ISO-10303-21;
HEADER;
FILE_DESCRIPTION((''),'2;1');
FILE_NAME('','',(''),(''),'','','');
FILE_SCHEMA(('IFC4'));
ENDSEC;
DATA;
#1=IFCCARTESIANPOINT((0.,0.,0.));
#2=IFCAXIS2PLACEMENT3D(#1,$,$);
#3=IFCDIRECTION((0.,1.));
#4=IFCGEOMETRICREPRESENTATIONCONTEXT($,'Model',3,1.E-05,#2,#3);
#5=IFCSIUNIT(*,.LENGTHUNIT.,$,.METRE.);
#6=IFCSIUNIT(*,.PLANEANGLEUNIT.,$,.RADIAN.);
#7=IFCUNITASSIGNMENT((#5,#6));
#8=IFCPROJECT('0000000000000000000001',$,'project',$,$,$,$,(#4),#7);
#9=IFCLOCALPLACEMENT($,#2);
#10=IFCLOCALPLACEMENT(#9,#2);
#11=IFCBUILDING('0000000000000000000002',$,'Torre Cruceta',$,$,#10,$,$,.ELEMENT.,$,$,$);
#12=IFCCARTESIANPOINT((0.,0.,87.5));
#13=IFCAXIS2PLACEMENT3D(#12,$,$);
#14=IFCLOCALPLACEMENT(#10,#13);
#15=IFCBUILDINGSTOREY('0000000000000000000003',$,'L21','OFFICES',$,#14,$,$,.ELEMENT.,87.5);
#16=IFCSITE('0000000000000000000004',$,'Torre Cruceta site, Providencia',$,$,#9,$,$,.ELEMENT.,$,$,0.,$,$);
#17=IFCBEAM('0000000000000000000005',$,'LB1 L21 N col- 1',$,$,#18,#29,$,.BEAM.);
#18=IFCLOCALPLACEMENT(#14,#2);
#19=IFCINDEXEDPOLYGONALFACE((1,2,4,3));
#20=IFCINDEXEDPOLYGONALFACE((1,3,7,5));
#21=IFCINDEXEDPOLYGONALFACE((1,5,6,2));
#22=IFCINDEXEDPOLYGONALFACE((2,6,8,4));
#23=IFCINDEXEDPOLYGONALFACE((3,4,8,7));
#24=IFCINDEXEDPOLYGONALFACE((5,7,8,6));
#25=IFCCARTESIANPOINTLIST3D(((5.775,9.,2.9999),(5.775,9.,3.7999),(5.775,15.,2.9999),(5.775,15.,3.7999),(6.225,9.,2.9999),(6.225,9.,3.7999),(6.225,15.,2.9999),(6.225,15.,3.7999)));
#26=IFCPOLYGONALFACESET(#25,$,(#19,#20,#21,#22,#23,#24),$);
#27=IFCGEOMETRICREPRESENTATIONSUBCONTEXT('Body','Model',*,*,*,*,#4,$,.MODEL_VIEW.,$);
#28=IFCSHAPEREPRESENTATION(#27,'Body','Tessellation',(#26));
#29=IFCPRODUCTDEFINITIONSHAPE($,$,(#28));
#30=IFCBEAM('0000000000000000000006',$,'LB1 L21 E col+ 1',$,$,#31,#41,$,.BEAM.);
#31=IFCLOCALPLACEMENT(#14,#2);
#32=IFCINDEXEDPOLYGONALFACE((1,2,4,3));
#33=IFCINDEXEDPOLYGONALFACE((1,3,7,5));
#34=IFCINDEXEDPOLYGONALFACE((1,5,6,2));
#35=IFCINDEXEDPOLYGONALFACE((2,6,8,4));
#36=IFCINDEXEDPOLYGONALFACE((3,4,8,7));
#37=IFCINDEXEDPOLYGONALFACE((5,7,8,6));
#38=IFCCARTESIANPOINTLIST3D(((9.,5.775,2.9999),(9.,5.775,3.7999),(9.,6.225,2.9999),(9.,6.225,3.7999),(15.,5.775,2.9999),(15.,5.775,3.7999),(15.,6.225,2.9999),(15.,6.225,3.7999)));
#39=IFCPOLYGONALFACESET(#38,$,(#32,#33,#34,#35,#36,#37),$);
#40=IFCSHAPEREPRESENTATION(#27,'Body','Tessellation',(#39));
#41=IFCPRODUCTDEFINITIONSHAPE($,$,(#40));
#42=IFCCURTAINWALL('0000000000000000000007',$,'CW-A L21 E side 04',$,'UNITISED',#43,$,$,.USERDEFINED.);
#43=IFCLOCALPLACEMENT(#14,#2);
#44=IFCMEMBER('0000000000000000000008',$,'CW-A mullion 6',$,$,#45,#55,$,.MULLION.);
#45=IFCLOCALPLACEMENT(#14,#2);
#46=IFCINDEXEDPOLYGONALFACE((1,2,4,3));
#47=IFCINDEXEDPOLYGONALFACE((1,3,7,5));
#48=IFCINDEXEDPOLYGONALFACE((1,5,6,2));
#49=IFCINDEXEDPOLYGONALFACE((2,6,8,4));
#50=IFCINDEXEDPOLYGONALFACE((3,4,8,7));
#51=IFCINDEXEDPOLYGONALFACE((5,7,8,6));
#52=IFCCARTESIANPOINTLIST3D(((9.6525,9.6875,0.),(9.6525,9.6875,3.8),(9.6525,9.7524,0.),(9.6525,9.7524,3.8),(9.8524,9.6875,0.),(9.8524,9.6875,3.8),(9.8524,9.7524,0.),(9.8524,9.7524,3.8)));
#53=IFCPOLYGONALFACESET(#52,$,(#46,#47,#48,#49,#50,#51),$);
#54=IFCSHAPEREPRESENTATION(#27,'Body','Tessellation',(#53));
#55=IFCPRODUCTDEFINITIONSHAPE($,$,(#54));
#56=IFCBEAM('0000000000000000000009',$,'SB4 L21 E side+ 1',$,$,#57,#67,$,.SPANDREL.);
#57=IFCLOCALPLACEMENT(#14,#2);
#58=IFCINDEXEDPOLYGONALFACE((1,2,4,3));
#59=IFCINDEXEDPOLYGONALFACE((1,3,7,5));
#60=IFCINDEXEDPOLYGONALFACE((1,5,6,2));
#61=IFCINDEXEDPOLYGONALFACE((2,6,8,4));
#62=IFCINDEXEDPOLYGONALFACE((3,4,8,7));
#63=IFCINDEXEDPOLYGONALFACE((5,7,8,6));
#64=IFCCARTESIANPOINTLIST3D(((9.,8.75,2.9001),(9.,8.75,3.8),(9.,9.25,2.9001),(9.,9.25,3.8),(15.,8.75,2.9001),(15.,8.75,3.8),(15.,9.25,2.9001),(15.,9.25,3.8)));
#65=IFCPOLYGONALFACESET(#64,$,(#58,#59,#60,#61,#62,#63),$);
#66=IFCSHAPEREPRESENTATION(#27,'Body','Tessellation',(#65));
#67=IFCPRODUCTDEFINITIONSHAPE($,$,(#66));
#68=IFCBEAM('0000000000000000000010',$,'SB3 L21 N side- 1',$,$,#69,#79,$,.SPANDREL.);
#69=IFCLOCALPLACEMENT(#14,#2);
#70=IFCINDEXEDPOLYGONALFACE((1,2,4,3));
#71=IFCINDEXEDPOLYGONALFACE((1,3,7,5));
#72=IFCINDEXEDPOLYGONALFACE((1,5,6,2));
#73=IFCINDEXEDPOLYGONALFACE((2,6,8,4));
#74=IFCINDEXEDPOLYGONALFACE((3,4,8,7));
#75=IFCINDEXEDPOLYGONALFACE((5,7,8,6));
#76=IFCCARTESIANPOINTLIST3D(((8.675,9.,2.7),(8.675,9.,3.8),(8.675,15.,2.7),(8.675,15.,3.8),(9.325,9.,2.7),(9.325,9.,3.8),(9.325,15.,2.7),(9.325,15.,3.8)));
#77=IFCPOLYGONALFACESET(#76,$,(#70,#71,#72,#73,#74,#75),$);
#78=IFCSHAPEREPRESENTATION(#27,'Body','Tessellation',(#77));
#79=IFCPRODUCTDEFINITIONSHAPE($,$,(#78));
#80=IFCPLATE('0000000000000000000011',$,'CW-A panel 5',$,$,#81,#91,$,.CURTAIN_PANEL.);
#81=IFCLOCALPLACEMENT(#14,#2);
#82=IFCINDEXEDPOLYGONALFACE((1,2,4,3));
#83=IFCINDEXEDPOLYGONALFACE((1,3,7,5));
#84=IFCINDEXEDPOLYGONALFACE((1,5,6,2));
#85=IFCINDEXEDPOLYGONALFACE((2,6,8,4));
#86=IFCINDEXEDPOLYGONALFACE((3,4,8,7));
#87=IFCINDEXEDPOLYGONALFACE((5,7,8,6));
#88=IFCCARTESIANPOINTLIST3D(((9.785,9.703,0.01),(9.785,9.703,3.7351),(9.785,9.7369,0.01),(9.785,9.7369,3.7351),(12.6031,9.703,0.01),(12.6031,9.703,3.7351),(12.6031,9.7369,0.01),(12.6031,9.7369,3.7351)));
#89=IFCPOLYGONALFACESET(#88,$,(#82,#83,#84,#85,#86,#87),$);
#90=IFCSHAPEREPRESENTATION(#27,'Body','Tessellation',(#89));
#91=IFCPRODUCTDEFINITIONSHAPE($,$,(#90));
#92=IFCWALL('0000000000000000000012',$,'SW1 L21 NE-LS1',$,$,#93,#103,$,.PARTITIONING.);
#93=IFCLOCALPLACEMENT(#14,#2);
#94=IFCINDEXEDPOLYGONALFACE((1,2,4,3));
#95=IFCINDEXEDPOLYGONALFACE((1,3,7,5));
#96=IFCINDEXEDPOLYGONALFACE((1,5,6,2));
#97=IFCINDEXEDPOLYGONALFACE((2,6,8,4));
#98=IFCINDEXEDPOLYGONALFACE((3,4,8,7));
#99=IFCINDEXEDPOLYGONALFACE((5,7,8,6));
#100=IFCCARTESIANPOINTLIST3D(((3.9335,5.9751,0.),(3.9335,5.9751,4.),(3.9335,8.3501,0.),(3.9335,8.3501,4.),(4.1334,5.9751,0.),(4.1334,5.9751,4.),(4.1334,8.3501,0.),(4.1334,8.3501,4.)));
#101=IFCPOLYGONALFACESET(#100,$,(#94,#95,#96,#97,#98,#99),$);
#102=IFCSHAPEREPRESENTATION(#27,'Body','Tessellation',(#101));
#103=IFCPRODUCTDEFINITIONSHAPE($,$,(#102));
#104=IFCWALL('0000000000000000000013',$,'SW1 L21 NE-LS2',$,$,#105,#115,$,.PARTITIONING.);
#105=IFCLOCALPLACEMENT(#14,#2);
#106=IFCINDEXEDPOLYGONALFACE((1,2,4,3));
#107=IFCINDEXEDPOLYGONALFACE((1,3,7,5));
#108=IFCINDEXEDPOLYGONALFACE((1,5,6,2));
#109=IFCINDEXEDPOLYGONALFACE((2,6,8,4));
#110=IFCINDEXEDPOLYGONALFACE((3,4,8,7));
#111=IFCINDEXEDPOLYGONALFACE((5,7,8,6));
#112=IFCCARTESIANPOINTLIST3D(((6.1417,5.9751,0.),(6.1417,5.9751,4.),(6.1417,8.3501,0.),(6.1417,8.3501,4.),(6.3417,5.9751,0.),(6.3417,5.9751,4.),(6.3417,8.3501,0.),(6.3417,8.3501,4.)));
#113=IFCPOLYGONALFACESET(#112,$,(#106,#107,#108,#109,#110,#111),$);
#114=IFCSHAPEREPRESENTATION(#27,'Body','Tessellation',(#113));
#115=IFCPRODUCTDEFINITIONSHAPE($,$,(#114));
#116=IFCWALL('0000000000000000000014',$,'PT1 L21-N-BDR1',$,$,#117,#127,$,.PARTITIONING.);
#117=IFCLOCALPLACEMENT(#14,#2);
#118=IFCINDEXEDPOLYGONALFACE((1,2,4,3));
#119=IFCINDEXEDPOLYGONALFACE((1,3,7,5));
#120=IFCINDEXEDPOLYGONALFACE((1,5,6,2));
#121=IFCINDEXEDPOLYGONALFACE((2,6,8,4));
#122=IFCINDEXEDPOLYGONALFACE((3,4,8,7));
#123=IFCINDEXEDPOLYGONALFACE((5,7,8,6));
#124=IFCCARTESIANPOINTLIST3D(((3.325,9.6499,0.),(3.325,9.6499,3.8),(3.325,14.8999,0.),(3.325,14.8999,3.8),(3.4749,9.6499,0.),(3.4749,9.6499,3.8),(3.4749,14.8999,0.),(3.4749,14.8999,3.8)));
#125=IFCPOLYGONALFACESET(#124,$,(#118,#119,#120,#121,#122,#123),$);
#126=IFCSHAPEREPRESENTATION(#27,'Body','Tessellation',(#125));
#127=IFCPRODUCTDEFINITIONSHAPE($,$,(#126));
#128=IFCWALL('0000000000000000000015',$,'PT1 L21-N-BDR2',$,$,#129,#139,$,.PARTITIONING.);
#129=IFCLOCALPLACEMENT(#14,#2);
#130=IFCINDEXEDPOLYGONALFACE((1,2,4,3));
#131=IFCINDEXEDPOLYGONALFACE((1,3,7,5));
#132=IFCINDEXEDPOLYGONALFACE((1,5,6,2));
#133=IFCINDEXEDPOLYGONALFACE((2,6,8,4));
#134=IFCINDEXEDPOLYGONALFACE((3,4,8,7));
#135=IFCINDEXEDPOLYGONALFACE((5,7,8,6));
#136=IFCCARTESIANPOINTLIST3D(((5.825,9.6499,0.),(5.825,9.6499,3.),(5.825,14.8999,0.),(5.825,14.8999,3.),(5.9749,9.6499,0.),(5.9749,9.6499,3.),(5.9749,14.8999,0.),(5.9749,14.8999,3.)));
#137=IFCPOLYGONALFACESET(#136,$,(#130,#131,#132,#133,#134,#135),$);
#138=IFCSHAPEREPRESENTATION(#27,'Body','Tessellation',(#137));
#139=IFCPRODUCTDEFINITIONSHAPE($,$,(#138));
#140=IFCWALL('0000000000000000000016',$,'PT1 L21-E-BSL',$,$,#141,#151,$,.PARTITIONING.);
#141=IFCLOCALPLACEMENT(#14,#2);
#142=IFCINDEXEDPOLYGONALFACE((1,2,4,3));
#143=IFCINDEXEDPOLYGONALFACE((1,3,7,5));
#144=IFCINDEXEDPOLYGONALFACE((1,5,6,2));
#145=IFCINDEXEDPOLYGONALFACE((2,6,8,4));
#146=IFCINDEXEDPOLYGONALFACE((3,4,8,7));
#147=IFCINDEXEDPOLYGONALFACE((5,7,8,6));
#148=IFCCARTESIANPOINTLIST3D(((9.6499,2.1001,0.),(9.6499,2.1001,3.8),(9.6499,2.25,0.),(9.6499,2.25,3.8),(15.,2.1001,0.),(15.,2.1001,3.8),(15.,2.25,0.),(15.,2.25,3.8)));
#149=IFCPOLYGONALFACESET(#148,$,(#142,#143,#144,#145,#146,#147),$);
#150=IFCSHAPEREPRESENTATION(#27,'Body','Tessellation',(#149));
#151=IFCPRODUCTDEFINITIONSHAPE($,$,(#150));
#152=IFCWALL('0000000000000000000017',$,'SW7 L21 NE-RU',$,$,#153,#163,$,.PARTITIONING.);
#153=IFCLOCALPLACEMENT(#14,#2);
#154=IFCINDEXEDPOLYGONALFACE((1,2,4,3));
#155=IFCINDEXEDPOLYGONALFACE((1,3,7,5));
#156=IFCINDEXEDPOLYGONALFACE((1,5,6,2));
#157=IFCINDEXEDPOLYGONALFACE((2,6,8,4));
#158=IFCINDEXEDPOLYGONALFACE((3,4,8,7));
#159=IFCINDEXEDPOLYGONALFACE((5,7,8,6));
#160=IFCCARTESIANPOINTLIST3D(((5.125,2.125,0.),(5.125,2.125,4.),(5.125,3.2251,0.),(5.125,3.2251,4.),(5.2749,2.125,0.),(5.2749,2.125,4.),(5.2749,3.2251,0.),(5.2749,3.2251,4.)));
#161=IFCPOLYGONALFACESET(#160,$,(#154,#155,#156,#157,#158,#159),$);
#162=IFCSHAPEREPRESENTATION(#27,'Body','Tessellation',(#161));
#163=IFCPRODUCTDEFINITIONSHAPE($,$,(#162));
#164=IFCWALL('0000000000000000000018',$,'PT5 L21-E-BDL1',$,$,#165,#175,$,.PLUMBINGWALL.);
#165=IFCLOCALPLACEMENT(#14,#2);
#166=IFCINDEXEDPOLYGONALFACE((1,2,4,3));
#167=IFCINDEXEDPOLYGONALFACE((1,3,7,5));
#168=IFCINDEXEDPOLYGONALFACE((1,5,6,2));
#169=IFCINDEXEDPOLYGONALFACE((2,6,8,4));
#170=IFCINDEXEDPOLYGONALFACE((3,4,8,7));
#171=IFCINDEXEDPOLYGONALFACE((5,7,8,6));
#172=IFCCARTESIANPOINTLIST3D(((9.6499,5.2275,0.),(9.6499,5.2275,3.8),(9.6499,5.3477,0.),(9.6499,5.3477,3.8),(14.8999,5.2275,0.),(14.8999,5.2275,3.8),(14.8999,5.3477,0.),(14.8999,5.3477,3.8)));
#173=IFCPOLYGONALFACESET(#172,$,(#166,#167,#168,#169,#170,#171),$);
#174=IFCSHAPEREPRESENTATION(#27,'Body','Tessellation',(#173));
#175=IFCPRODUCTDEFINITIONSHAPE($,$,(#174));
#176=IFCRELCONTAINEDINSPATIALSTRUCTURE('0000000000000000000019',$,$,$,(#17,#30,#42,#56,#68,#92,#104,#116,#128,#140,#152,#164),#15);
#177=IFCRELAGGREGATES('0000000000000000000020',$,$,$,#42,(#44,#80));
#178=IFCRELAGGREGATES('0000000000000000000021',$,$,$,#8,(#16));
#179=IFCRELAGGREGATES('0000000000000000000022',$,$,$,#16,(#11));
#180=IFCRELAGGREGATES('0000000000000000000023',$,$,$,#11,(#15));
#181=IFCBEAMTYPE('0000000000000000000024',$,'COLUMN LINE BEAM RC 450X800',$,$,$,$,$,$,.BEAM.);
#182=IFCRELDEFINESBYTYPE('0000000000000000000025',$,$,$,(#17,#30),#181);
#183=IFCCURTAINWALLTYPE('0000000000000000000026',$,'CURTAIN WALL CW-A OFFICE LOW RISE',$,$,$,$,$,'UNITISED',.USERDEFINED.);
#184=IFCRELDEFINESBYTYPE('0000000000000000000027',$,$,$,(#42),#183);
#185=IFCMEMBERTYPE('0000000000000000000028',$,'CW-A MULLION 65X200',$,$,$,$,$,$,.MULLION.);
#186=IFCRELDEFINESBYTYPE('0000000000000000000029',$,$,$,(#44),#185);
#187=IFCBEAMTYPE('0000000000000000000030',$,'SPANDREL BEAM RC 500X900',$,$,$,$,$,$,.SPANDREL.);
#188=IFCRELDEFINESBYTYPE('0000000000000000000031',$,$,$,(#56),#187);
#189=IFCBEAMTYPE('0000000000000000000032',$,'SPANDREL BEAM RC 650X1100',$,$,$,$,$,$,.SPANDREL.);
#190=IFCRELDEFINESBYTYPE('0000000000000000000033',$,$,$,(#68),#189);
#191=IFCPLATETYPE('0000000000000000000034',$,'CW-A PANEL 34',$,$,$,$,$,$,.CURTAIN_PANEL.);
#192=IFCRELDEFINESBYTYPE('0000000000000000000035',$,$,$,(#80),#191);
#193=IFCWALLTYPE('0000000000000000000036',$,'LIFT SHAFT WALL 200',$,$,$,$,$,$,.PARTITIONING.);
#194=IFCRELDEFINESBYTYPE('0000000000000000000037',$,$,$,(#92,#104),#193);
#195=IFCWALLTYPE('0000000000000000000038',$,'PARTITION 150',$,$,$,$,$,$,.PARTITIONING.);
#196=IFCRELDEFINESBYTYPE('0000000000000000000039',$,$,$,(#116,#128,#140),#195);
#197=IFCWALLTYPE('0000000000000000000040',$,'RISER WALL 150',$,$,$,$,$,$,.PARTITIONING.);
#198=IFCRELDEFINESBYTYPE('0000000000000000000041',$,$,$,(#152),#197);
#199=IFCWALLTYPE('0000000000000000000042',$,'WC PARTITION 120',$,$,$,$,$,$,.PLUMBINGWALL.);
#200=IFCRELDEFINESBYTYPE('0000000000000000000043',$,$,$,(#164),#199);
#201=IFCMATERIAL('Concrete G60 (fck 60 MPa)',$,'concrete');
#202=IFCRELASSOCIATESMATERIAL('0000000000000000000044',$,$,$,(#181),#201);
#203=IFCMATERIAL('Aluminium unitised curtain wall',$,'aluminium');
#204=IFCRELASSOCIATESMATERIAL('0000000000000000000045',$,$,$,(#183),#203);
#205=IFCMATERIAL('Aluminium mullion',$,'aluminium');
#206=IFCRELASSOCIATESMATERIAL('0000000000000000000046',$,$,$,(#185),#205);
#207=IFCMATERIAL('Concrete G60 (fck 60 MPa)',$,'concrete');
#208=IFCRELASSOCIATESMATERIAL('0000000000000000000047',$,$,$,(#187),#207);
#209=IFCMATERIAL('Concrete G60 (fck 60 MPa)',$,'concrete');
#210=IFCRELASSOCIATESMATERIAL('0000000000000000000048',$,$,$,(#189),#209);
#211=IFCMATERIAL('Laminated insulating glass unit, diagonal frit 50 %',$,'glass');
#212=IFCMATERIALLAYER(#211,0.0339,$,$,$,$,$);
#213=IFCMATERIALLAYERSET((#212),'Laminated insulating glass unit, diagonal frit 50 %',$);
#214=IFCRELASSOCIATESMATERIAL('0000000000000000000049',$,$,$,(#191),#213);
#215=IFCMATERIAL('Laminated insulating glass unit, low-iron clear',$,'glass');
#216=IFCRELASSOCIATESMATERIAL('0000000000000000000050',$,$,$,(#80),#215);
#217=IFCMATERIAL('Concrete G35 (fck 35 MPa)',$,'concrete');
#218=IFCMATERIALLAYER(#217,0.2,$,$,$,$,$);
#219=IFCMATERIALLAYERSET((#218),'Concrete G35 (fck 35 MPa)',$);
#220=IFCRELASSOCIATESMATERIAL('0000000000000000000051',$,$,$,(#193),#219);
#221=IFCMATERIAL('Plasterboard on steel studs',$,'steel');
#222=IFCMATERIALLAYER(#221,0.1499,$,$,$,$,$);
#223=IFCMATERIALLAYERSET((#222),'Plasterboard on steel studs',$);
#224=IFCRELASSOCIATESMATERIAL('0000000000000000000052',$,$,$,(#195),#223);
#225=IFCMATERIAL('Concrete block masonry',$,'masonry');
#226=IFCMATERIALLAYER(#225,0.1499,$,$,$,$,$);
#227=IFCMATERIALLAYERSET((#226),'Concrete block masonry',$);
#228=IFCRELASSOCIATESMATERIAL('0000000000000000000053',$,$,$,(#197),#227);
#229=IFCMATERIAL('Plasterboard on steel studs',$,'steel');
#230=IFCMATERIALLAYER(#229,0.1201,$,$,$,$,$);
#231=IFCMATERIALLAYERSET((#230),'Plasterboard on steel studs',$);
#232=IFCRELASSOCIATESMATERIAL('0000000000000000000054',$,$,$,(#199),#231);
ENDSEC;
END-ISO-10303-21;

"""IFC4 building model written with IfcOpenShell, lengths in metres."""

from ifc_helpers import new_model, si_unit, direction, frame, frame_2d, origin, origin_2d, place, context, subcontext, project, spatial, rectangle, extrude, material, layer, layer_set, material_profile, profile_set, type_object, element, aggregate, save


model = new_model("IFC4")

# Units and contexts
model_context = context("Model", 3, precision=1e-05, world=origin(), true_north=direction((0.0, 1.0)))
body_context = subcontext(model_context, "Body", "Model", "MODEL_VIEW")
ifc_project = project(units=[si_unit("LENGTHUNIT", "METRE"), si_unit("PLANEANGLEUNIT", "RADIAN")], contexts=[model_context])

# Site, building, storey
site_placement = place(None, origin())
site = spatial("IfcSite", under=ifc_project, at=site_placement, Name="Torre Cruceta site, Providencia", CompositionType="ELEMENT", RefElevation=0.0)
building_placement = place(site_placement, origin())
building = spatial("IfcBuilding", under=site, at=building_placement, Name="Torre Cruceta", CompositionType="ELEMENT")
storey_placement = place(building_placement, frame((0.0, 0.0, 87.5)))
storey = spatial("IfcBuildingStorey", under=building, at=storey_placement, Name="L21", Description="OFFICES", CompositionType="ELEMENT", Elevation=87.5)

# Beams
ifc_material_1 = material(Name="Concrete G60 (fck 60 MPa)", Category="concrete")
ifc_material_profile_1 = material_profile(ifc_material_1, rectangle(XDim=0.45, YDim=0.8, at=origin_2d()), Name="RC 450X800")
ifc_profile_set_1 = profile_set([ifc_material_profile_1], Name="Concrete G60 (fck 60 MPa)")
beam_type_1 = type_object("IfcBeamType", Name="COLUMN LINE BEAM RC 450X800", PredefinedType="BEAM", material=ifc_profile_set_1)
for number, where, z_axis, x_axis, name in (
    (1, (6.0, 9.0, 3.3999), (0.0, 1.0, 0.0), (-1.0, 0.0, 0.0), "LB1 L21 N col- 1"),
    (2, (9.0, 6.0, 3.3999), (1.0, 0.0, 0.0), (0.0, 1.0, 0.0), "LB1 L21 E col+ 1"),
):
    element("IfcBeam", number, at=place(storey_placement, frame(where, z_axis=z_axis, x_axis=x_axis)), inside=storey, type_object=beam_type_1, Name=name, PredefinedType="BEAM", context=body_context, shape_type="SweptSolid", body=[
        extrude(rectangle(XDim=0.45, YDim=0.8, at=origin_2d()), origin(), (0.0, 0.0, 1.0), 6.0),
    ])

# Curtain wall, member
ifc_material_2 = material(Name="Aluminium unitised curtain wall", Category="aluminium")
curtain_wall_type = type_object("IfcCurtainWallType", Name="CURTAIN WALL CW-A OFFICE LOW RISE", ElementType="UNITISED", PredefinedType="USERDEFINED", material=ifc_material_2)
curtain_wall_placement = place(storey_placement, origin())
curtain_wall = element("IfcCurtainWall", 3, at=curtain_wall_placement, inside=storey, type_object=curtain_wall_type, Name="CW-A L21 E side 04", ObjectType="UNITISED", PredefinedType="USERDEFINED")
ifc_material_3 = material(Name="Aluminium mullion", Category="aluminium")
ifc_material_profile_2 = material_profile(ifc_material_3, rectangle(XDim=0.0649, YDim=0.2, at=origin_2d()), Name="AL 65X200")
ifc_profile_set_2 = profile_set([ifc_material_profile_2], Name="Aluminium mullion")
member_type = type_object("IfcMemberType", Name="CW-A MULLION 65X200", PredefinedType="MULLION", material=ifc_profile_set_2)
member_placement = place(storey_placement, frame((9.7524, 9.72, 0.0), z_axis=(0.0, 0.0, 1.0), x_axis=(0.0, -1.0, 0.0)))
member = element("IfcMember", 4, at=member_placement, type_object=member_type, Name="CW-A mullion 6", PredefinedType="MULLION", context=body_context, shape_type="SweptSolid", body=[
    extrude(rectangle(XDim=0.0649, YDim=0.2, at=origin_2d()), origin(), (0.0, 0.0, 1.0), 3.8),
])

# Beams
ifc_material_4 = material(Name="Concrete G60 (fck 60 MPa)", Category="concrete")
ifc_material_profile_3 = material_profile(ifc_material_4, rectangle(XDim=0.5, YDim=0.8999, at=origin_2d()), Name="RC 500X900")
ifc_profile_set_3 = profile_set([ifc_material_profile_3], Name="Concrete G60 (fck 60 MPa)")
beam_type_2 = type_object("IfcBeamType", Name="SPANDREL BEAM RC 500X900", PredefinedType="SPANDREL", material=ifc_profile_set_3)
beam_1_placement = place(storey_placement, frame((9.0, 9.0, 3.3501), z_axis=(1.0, 0.0, 0.0), x_axis=(0.0, 1.0, 0.0)))
element("IfcBeam", 5, at=beam_1_placement, inside=storey, type_object=beam_type_2, Name="SB4 L21 E side+ 1", PredefinedType="SPANDREL", context=body_context, shape_type="SweptSolid", body=[
    extrude(rectangle(XDim=0.5, YDim=0.8999, at=origin_2d()), origin(), (0.0, 0.0, 1.0), 6.0),
])
ifc_material_5 = material(Name="Concrete G60 (fck 60 MPa)", Category="concrete")
ifc_material_profile_4 = material_profile(ifc_material_5, rectangle(XDim=0.6499, YDim=1.1001, at=origin_2d()), Name="RC 650X1100")
ifc_profile_set_4 = profile_set([ifc_material_profile_4], Name="Concrete G60 (fck 60 MPa)")
beam_type_3 = type_object("IfcBeamType", Name="SPANDREL BEAM RC 650X1100", PredefinedType="SPANDREL", material=ifc_profile_set_4)
beam_2_placement = place(storey_placement, frame((9.0, 9.0, 3.25), z_axis=(0.0, 1.0, 0.0), x_axis=(-1.0, 0.0, 0.0)))
element("IfcBeam", 6, at=beam_2_placement, inside=storey, type_object=beam_type_3, Name="SB3 L21 N side- 1", PredefinedType="SPANDREL", context=body_context, shape_type="SweptSolid", body=[
    extrude(rectangle(XDim=0.6499, YDim=1.1001, at=origin_2d()), origin(), (0.0, 0.0, 1.0), 6.0),
])

# Plate
ifc_material_6 = material(Name="Laminated insulating glass unit, low-iron clear", Category="glass")
ifc_material_7 = material(Name="Laminated insulating glass unit, diagonal frit 50 %", Category="glass")
ifc_layer_1 = layer(ifc_material_7, 0.0339)
ifc_layer_set_1 = layer_set([ifc_layer_1], Name="Laminated insulating glass unit, diagonal frit 50 %")
plate_type = type_object("IfcPlateType", Name="CW-A PANEL 34", PredefinedType="CURTAIN_PANEL", material=ifc_layer_set_1)
plate_placement = place(storey_placement, frame((11.1941, 9.72, 0.01), z_axis=(0.0, 0.0, 1.0), x_axis=(-1.0, 0.0, 0.0)))
plate = element("IfcPlate", 7, at=plate_placement, type_object=plate_type, material=ifc_material_6, Name="CW-A panel 5", PredefinedType="CURTAIN_PANEL", context=body_context, shape_type="SweptSolid", body=[
    extrude(rectangle(XDim=2.8181, YDim=0.0339, at=origin_2d()), origin(), (0.0, 0.0, 1.0), 3.7251),
])
aggregate(curtain_wall, [member, plate])

# Walls
ifc_material_8 = material(Name="Concrete G35 (fck 35 MPa)", Category="concrete")
ifc_layer_2 = layer(ifc_material_8, 0.2)
ifc_layer_set_2 = layer_set([ifc_layer_2], Name="Concrete G35 (fck 35 MPa)")
wall_type_1 = type_object("IfcWallType", Name="LIFT SHAFT WALL 200", PredefinedType="PARTITIONING", material=ifc_layer_set_2)
for number, where, z_axis, x_axis, name in (
    (8, (4.0334, 5.9751, 0.0), (0.0, 0.0, 1.0), (0.0, 1.0, 0.0), "SW1 L21 NE-LS1"),
    (9, (6.2417, 5.9751, 0.0), (0.0, 0.0, 1.0), (0.0, 1.0, 0.0), "SW1 L21 NE-LS2"),
):
    element("IfcWall", number, at=place(storey_placement, frame(where, z_axis=z_axis, x_axis=x_axis)), inside=storey, type_object=wall_type_1, Name=name, PredefinedType="PARTITIONING", context=body_context, shape_type="SweptSolid", body=[
        extrude(rectangle(XDim=2.375, YDim=0.2, at=frame_2d((1.1875, 0.0))), origin(), (0.0, 0.0, 1.0), 4.0),
    ])
ifc_material_9 = material(Name="Plasterboard on steel studs", Category="steel")
ifc_layer_3 = layer(ifc_material_9, 0.1499)
ifc_layer_set_3 = layer_set([ifc_layer_3], Name="Plasterboard on steel studs")
wall_type_2 = type_object("IfcWallType", Name="PARTITION 150", PredefinedType="PARTITIONING", material=ifc_layer_set_3)
wall_1_placement = place(storey_placement, frame((3.3999, 9.6499, 0.0), z_axis=(0.0, 0.0, 1.0), x_axis=(0.0, 1.0, 0.0)))
element("IfcWall", 10, at=wall_1_placement, inside=storey, type_object=wall_type_2, Name="PT1 L21-N-BDR1", PredefinedType="PARTITIONING", context=body_context, shape_type="SweptSolid", body=[
    extrude(rectangle(XDim=5.25, YDim=0.1499, at=frame_2d((2.625, 0.0))), origin(), (0.0, 0.0, 1.0), 3.8),
])
wall_2_placement = place(storey_placement, frame((5.8999, 9.6499, 0.0), z_axis=(0.0, 0.0, 1.0), x_axis=(0.0, 1.0, 0.0)))
element("IfcWall", 11, at=wall_2_placement, inside=storey, type_object=wall_type_2, Name="PT1 L21-N-BDR2", PredefinedType="PARTITIONING", context=body_context, shape_type="SweptSolid", body=[
    extrude(rectangle(XDim=5.25, YDim=0.1499, at=frame_2d((2.625, 0.0))), origin(), (0.0, 0.0, 1.0), 3.0),
])
wall_3_placement = place(storey_placement, frame((9.6499, 2.175, 0.0), z_axis=(0.0, 0.0, 1.0), x_axis=(1.0, 0.0, 0.0)))
element("IfcWall", 12, at=wall_3_placement, inside=storey, type_object=wall_type_2, Name="PT1 L21-E-BSL", PredefinedType="PARTITIONING", context=body_context, shape_type="SweptSolid", body=[
    extrude(rectangle(XDim=5.3501, YDim=0.1499, at=frame_2d((2.675, 0.0))), origin(), (0.0, 0.0, 1.0), 3.8),
])
ifc_material_10 = material(Name="Concrete block masonry", Category="masonry")
ifc_layer_4 = layer(ifc_material_10, 0.1499)
ifc_layer_set_4 = layer_set([ifc_layer_4], Name="Concrete block masonry")
wall_type_3 = type_object("IfcWallType", Name="RISER WALL 150", PredefinedType="PARTITIONING", material=ifc_layer_set_4)
wall_4_placement = place(storey_placement, frame((5.2, 2.125, 0.0), z_axis=(0.0, 0.0, 1.0), x_axis=(0.0, 1.0, 0.0)))
element("IfcWall", 13, at=wall_4_placement, inside=storey, type_object=wall_type_3, Name="SW7 L21 NE-RU", PredefinedType="PARTITIONING", context=body_context, shape_type="SweptSolid", body=[
    extrude(rectangle(XDim=1.1001, YDim=0.1499, at=frame_2d((0.55, 0.0))), origin(), (0.0, 0.0, 1.0), 4.0),
])
ifc_material_11 = material(Name="Plasterboard on steel studs", Category="steel")
ifc_layer_5 = layer(ifc_material_11, 0.1201)
ifc_layer_set_5 = layer_set([ifc_layer_5], Name="Plasterboard on steel studs")
wall_type_4 = type_object("IfcWallType", Name="WC PARTITION 120", PredefinedType="PLUMBINGWALL", material=ifc_layer_set_5)
wall_5_placement = place(storey_placement, frame((9.6499, 5.2876, 0.0), z_axis=(0.0, 0.0, 1.0), x_axis=(1.0, 0.0, 0.0)))
element("IfcWall", 14, at=wall_5_placement, inside=storey, type_object=wall_type_4, Name="PT5 L21-E-BDL1", PredefinedType="PLUMBINGWALL", context=body_context, shape_type="SweptSolid", body=[
    extrude(rectangle(XDim=5.25, YDim=0.1201, at=frame_2d((2.625, 0.0))), origin(), (0.0, 0.0, 1.0), 3.8),
])

save(model, "model.ifc")
